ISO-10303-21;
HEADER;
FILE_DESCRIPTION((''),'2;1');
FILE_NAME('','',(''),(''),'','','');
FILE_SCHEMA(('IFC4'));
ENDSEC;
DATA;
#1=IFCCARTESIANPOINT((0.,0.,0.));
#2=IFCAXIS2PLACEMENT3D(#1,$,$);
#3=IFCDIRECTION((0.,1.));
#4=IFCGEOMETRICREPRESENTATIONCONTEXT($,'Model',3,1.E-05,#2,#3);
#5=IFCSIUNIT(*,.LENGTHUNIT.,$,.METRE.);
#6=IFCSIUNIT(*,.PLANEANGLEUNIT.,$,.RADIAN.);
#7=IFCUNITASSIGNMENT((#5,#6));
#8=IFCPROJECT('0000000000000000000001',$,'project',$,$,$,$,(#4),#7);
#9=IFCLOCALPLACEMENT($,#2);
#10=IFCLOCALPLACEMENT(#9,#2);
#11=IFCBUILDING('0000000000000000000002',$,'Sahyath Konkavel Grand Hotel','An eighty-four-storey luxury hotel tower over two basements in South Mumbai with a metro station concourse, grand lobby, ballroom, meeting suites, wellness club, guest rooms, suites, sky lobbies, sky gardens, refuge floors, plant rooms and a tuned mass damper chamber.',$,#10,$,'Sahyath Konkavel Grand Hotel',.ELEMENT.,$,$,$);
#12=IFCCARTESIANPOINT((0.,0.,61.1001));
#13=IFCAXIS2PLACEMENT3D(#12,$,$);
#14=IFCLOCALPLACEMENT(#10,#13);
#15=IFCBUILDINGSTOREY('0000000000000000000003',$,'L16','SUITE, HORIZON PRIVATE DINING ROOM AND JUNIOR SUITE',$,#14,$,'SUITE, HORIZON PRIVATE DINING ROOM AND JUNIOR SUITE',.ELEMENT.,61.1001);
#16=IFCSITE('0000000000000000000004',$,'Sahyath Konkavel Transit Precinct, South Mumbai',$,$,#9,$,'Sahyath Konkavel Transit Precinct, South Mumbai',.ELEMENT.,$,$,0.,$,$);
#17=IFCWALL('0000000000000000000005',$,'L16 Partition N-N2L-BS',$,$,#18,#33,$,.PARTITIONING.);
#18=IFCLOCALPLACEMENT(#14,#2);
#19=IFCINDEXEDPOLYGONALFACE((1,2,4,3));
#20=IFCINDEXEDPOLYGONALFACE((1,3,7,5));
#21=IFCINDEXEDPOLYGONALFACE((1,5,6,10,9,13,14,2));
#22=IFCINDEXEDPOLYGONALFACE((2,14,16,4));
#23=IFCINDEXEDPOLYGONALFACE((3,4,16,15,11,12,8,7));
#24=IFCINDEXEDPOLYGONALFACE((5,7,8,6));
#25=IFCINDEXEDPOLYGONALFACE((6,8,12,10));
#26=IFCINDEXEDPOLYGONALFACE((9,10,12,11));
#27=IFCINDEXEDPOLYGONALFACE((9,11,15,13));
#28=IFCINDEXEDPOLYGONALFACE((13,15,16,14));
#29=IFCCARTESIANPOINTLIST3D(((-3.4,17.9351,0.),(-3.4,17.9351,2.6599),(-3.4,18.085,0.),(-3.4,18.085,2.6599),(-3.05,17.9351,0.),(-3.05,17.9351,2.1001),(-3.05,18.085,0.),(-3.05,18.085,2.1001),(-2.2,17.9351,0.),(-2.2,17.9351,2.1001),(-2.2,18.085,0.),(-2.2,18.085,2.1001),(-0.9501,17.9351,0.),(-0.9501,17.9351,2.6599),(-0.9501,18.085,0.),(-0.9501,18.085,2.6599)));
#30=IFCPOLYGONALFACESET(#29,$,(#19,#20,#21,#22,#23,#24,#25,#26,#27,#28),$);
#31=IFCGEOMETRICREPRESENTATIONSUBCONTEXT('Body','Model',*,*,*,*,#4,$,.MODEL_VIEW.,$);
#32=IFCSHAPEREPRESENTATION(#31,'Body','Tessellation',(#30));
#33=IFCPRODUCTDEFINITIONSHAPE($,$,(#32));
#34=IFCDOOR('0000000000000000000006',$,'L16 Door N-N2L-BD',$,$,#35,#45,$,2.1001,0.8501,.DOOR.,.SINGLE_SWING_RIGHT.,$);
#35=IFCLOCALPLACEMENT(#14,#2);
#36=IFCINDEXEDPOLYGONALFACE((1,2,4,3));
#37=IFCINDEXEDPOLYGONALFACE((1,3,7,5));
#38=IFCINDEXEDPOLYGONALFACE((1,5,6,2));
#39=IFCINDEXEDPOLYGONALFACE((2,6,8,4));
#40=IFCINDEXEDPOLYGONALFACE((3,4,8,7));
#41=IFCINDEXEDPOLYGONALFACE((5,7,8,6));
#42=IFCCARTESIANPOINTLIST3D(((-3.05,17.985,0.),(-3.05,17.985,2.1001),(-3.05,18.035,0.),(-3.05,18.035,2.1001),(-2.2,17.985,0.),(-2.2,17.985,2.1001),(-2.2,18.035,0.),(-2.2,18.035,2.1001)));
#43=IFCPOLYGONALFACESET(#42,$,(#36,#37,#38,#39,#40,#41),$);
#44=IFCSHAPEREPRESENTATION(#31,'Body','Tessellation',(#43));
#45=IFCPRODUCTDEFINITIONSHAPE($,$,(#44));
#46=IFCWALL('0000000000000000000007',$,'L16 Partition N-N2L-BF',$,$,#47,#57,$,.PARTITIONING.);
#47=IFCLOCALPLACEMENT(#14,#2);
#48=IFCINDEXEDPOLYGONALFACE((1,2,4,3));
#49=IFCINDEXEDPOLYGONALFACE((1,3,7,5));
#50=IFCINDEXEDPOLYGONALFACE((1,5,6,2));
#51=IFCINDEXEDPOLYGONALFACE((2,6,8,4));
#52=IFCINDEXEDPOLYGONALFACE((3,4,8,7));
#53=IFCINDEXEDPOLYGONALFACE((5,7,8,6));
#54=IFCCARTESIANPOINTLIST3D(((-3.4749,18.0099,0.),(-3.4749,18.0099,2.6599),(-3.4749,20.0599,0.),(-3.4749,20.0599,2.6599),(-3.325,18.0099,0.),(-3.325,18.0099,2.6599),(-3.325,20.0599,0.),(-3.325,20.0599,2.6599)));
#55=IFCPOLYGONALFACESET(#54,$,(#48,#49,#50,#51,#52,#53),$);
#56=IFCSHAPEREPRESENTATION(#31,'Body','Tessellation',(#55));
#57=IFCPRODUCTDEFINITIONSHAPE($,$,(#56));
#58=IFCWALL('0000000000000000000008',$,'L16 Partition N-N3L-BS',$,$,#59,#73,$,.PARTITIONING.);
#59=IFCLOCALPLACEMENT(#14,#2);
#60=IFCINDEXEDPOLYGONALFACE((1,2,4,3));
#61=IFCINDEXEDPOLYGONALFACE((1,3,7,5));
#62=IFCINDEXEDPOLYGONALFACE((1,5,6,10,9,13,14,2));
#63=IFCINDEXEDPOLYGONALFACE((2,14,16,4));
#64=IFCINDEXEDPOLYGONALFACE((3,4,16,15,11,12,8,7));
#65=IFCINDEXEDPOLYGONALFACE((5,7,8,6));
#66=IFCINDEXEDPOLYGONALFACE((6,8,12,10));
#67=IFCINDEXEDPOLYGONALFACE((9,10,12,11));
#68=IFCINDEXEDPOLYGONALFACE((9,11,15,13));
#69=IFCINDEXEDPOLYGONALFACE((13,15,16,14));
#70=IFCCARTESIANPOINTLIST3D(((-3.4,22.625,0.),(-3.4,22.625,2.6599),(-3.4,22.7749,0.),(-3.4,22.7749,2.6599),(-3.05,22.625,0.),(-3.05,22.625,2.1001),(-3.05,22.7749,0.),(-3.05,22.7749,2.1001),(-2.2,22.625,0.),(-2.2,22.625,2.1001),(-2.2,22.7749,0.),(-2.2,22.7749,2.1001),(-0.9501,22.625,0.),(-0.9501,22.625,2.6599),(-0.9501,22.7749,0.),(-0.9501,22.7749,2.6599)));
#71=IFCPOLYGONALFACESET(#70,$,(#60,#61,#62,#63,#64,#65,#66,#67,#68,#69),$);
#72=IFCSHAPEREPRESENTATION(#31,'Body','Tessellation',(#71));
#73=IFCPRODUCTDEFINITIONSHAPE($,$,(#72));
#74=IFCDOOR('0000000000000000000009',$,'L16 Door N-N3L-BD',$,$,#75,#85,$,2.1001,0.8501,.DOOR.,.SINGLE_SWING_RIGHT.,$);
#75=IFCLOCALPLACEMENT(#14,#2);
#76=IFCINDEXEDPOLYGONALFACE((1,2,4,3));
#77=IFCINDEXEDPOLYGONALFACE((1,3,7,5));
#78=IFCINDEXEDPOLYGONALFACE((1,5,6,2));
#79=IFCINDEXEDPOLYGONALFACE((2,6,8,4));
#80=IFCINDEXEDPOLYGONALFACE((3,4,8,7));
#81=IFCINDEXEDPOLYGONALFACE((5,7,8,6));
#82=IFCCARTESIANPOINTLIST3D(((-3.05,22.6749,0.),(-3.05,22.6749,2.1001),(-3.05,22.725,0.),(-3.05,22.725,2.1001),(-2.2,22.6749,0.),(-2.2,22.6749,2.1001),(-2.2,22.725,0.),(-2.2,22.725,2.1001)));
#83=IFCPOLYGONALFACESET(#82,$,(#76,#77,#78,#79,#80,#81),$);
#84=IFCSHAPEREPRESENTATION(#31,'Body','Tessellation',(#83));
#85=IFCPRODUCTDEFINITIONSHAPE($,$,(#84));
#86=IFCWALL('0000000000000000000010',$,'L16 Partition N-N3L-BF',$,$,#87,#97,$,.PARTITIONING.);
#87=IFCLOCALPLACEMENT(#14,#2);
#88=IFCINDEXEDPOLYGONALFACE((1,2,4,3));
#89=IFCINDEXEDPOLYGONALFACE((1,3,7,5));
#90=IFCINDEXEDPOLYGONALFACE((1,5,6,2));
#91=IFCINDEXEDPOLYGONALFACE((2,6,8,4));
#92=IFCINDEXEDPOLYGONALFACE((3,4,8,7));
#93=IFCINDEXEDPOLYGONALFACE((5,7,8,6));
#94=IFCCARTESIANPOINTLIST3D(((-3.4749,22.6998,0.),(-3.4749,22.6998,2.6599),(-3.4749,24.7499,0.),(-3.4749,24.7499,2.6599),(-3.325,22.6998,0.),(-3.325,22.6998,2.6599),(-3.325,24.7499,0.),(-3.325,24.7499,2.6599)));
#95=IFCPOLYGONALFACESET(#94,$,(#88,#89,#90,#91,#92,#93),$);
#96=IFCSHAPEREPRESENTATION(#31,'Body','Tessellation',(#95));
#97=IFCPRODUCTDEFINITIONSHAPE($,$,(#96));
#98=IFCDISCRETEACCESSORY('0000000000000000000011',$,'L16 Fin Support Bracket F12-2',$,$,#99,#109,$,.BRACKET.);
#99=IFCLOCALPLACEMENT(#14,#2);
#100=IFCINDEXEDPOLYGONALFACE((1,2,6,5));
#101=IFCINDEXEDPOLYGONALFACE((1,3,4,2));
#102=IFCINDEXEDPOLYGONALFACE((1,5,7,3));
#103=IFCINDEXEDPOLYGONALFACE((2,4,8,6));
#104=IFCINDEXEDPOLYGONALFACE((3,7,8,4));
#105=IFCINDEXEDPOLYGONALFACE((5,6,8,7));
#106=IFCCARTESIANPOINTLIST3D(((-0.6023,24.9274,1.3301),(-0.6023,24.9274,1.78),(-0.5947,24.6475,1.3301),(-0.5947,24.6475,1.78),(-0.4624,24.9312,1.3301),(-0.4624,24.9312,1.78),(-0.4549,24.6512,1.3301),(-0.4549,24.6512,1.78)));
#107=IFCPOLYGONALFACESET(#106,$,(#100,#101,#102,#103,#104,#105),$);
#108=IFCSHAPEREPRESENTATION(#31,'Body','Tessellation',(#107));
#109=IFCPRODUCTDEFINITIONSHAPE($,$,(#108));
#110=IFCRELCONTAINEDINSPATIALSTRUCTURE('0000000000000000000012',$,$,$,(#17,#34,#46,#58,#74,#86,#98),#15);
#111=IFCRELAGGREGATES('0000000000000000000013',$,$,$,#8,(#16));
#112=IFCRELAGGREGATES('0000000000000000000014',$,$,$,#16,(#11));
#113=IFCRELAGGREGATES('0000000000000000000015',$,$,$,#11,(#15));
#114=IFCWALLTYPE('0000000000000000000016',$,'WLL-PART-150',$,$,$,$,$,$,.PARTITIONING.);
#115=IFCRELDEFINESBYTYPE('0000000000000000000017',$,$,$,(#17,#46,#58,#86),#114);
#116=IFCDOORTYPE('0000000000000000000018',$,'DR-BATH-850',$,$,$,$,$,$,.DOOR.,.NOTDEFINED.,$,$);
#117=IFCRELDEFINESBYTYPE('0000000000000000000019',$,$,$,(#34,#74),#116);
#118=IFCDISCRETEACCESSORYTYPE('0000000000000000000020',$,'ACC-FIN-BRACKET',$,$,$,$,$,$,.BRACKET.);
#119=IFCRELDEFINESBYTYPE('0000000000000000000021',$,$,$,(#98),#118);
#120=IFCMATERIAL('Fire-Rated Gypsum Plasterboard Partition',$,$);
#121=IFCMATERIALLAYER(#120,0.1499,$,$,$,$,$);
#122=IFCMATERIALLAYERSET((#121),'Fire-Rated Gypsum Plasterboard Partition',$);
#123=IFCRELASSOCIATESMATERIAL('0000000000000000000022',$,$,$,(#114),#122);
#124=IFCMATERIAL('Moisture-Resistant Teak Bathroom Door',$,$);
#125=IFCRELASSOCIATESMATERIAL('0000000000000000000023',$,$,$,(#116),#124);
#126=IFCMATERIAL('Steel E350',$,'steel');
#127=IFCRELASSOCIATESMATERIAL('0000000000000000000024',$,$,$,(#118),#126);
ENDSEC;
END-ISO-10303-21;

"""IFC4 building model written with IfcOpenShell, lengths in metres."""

from ifc_helpers import new_model, si_unit, direction, frame, frame_2d, origin, origin_2d, place, context, subcontext, project, spatial, rectangle, extrude, source, transform, mapped, material, layer, layer_set, type_object, element, fill, save


model = new_model("IFC4")

# Units and contexts
model_context = context("Model", 3, precision=1e-05, world=origin(), true_north=direction((0.0, 1.0)))
body_context = subcontext(model_context, "Body", "Model", "MODEL_VIEW")
ifc_project = project(units=[si_unit("LENGTHUNIT", "METRE"), si_unit("PLANEANGLEUNIT", "RADIAN")], contexts=[model_context])

# Site, building, storey
site_placement = place(None, origin())
site = spatial("IfcSite", under=ifc_project, at=site_placement, Name="Sahyath Konkavel Transit Precinct, South Mumbai", LongName="Sahyath Konkavel Transit Precinct, South Mumbai", CompositionType="ELEMENT", RefElevation=0.0)
building_placement = place(site_placement, origin())
building = spatial("IfcBuilding", under=site, at=building_placement, Name="Sahyath Konkavel Grand Hotel", Description="An eighty-four-storey luxury hotel tower over two basements in South Mumbai with a metro station concourse, grand lobby, ballroom, meeting suites, wellness club, guest rooms, suites, sky lobbies, sky gardens, refuge floors, plant rooms and a tuned mass damper chamber.", LongName="Sahyath Konkavel Grand Hotel", CompositionType="ELEMENT")
storey_placement = place(building_placement, frame((0.0, 0.0, 61.1001)))
storey = spatial("IfcBuildingStorey", under=building, at=storey_placement, Name="L16", Description="SUITE, HORIZON PRIVATE DINING ROOM AND JUNIOR SUITE", LongName="SUITE, HORIZON PRIVATE DINING ROOM AND JUNIOR SUITE", CompositionType="ELEMENT", Elevation=61.1001)

# Shared definitions
ifc_material_1 = material(Name="Steel E350", Category="steel")

# Wall, opening, door
ifc_material_2 = material(Name="Fire-Rated Gypsum Plasterboard Partition")
ifc_layer_1 = layer(ifc_material_2, 0.1499)
ifc_layer_set_1 = layer_set([ifc_layer_1], Name="Fire-Rated Gypsum Plasterboard Partition")
wall_type_1 = type_object("IfcWallType", Name="WLL-PART-150", PredefinedType="PARTITIONING", material=ifc_layer_set_1)
wall_1_placement = place(storey_placement, frame((-0.95, 18.01, 0.0), z_axis=(0.0, 0.0, 1.0), x_axis=(-1.0, 0.0, 0.0)))
wall_1 = element("IfcWall", 1, at=wall_1_placement, inside=storey, type_object=wall_type_1, Name="L16 Partition N-N2L-BS", PredefinedType="PARTITIONING", context=body_context, shape_type="SweptSolid", body=[
    extrude(rectangle(XDim=2.45, YDim=0.1499, at=frame_2d((1.2251, 0.0))), origin(), (0.0, 0.0, 1.0), 2.6599),
])
opening_1_placement = place(wall_1_placement, frame((1.25, 0.0, 0.0)))
opening_1 = element("IfcOpeningElement", 2, at=opening_1_placement, cuts=wall_1, PredefinedType="OPENING", context=body_context, shape_type="SweptSolid", body=[
    extrude(rectangle(XDim=0.8501, YDim=2.1001, at=frame_2d((0.425, 1.05))), frame((0.0, 0.085, 0.0), z_axis=(0.0, -1.0, 0.0), x_axis=(1.0, 0.0, 0.0)), (0.0, 0.0, 1.0), 0.1699),
])
ifc_material_3 = material(Name="Moisture-Resistant Teak Bathroom Door")
door_type = type_object("IfcDoorType", Name="DR-BATH-850", OperationType="NOTDEFINED", PredefinedType="DOOR", material=ifc_material_3)
shared_shape_1 = source(origin(), body_context, "Body", "SweptSolid", [
    extrude(rectangle(XDim=0.8501, YDim=0.05, at=origin_2d()), origin(), (0.0, 0.0, 1.0), 2.1001),
])
door_1_placement = place(opening_1_placement, frame((0.425, 0.0, 0.0)))
door_1 = element("IfcDoor", 3, at=door_1_placement, inside=storey, type_object=door_type, Name="L16 Door N-N2L-BD", OperationType="SINGLE_SWING_RIGHT", OverallHeight=2.1001, OverallWidth=0.8501, PredefinedType="DOOR", context=body_context, shape_type="MappedRepresentation", body=[
    mapped(shared_shape_1, transform((0.0, 0.0, 0.0), scale=1.0)),
])
fill(opening_1, door_1)

# Wall
wall_2_placement = place(storey_placement, frame((-3.3999, 18.01, 0.0), z_axis=(0.0, 0.0, 1.0), x_axis=(0.0, 1.0, 0.0)))
element("IfcWall", 4, at=wall_2_placement, inside=storey, type_object=wall_type_1, Name="L16 Partition N-N2L-BF", PredefinedType="PARTITIONING", context=body_context, shape_type="SweptSolid", body=[
    extrude(rectangle(XDim=2.05, YDim=0.1499, at=frame_2d((1.0249, 0.0))), origin(), (0.0, 0.0, 1.0), 2.6599),
])

# Wall, opening, door
wall_3_placement = place(storey_placement, frame((-0.95, 22.7, 0.0), z_axis=(0.0, 0.0, 1.0), x_axis=(-1.0, 0.0, 0.0)))
wall_3 = element("IfcWall", 5, at=wall_3_placement, inside=storey, type_object=wall_type_1, Name="L16 Partition N-N3L-BS", PredefinedType="PARTITIONING", context=body_context, shape_type="SweptSolid", body=[
    extrude(rectangle(XDim=2.45, YDim=0.1499, at=frame_2d((1.2251, 0.0))), origin(), (0.0, 0.0, 1.0), 2.6599),
])
opening_2_placement = place(wall_3_placement, frame((1.25, 0.0, 0.0)))
opening_2 = element("IfcOpeningElement", 6, at=opening_2_placement, cuts=wall_3, PredefinedType="OPENING", context=body_context, shape_type="SweptSolid", body=[
    extrude(rectangle(XDim=0.8501, YDim=2.1001, at=frame_2d((0.425, 1.05))), frame((0.0, 0.085, 0.0), z_axis=(0.0, -1.0, 0.0), x_axis=(1.0, 0.0, 0.0)), (0.0, 0.0, 1.0), 0.1699),
])
door_2_placement = place(opening_2_placement, frame((0.425, 0.0, 0.0)))
door_2 = element("IfcDoor", 7, at=door_2_placement, inside=storey, type_object=door_type, Name="L16 Door N-N3L-BD", OperationType="SINGLE_SWING_RIGHT", OverallHeight=2.1001, OverallWidth=0.8501, PredefinedType="DOOR", context=body_context, shape_type="MappedRepresentation", body=[
    mapped(shared_shape_1, transform((0.0, 0.0, 0.0), scale=1.0)),
])
fill(opening_2, door_2)

# Wall
wall_4_placement = place(storey_placement, frame((-3.3999, 22.7, 0.0), z_axis=(0.0, 0.0, 1.0), x_axis=(0.0, 1.0, 0.0)))
element("IfcWall", 8, at=wall_4_placement, inside=storey, type_object=wall_type_1, Name="L16 Partition N-N3L-BF", PredefinedType="PARTITIONING", context=body_context, shape_type="SweptSolid", body=[
    extrude(rectangle(XDim=2.05, YDim=0.1499, at=frame_2d((1.0249, 0.0))), origin(), (0.0, 0.0, 1.0), 2.6599),
])

# Discrete accessory
discrete_accessory_type = type_object("IfcDiscreteAccessoryType", Name="ACC-FIN-BRACKET", PredefinedType="BRACKET", material=ifc_material_1)
shared_shape_2 = source(origin(), body_context, "Body", "SweptSolid", [
    extrude(rectangle(XDim=0.28, YDim=0.1399, at=origin_2d()), origin(), (0.0, 0.0, 1.0), 0.45),
])
discrete_accessory_placement = place(storey_placement, frame((-0.5286, 24.7893, 1.3301), z_axis=(0.0, 0.0, 1.0), x_axis=(-0.02691, 0.999638, 0.0)))
element("IfcDiscreteAccessory", 9, at=discrete_accessory_placement, inside=storey, type_object=discrete_accessory_type, Name="L16 Fin Support Bracket F12-2", PredefinedType="BRACKET", context=body_context, shape_type="MappedRepresentation", body=[
    mapped(shared_shape_2, transform((0.0, 0.0, 0.0), scale=1.0)),
])

save(model, "model.ifc")
